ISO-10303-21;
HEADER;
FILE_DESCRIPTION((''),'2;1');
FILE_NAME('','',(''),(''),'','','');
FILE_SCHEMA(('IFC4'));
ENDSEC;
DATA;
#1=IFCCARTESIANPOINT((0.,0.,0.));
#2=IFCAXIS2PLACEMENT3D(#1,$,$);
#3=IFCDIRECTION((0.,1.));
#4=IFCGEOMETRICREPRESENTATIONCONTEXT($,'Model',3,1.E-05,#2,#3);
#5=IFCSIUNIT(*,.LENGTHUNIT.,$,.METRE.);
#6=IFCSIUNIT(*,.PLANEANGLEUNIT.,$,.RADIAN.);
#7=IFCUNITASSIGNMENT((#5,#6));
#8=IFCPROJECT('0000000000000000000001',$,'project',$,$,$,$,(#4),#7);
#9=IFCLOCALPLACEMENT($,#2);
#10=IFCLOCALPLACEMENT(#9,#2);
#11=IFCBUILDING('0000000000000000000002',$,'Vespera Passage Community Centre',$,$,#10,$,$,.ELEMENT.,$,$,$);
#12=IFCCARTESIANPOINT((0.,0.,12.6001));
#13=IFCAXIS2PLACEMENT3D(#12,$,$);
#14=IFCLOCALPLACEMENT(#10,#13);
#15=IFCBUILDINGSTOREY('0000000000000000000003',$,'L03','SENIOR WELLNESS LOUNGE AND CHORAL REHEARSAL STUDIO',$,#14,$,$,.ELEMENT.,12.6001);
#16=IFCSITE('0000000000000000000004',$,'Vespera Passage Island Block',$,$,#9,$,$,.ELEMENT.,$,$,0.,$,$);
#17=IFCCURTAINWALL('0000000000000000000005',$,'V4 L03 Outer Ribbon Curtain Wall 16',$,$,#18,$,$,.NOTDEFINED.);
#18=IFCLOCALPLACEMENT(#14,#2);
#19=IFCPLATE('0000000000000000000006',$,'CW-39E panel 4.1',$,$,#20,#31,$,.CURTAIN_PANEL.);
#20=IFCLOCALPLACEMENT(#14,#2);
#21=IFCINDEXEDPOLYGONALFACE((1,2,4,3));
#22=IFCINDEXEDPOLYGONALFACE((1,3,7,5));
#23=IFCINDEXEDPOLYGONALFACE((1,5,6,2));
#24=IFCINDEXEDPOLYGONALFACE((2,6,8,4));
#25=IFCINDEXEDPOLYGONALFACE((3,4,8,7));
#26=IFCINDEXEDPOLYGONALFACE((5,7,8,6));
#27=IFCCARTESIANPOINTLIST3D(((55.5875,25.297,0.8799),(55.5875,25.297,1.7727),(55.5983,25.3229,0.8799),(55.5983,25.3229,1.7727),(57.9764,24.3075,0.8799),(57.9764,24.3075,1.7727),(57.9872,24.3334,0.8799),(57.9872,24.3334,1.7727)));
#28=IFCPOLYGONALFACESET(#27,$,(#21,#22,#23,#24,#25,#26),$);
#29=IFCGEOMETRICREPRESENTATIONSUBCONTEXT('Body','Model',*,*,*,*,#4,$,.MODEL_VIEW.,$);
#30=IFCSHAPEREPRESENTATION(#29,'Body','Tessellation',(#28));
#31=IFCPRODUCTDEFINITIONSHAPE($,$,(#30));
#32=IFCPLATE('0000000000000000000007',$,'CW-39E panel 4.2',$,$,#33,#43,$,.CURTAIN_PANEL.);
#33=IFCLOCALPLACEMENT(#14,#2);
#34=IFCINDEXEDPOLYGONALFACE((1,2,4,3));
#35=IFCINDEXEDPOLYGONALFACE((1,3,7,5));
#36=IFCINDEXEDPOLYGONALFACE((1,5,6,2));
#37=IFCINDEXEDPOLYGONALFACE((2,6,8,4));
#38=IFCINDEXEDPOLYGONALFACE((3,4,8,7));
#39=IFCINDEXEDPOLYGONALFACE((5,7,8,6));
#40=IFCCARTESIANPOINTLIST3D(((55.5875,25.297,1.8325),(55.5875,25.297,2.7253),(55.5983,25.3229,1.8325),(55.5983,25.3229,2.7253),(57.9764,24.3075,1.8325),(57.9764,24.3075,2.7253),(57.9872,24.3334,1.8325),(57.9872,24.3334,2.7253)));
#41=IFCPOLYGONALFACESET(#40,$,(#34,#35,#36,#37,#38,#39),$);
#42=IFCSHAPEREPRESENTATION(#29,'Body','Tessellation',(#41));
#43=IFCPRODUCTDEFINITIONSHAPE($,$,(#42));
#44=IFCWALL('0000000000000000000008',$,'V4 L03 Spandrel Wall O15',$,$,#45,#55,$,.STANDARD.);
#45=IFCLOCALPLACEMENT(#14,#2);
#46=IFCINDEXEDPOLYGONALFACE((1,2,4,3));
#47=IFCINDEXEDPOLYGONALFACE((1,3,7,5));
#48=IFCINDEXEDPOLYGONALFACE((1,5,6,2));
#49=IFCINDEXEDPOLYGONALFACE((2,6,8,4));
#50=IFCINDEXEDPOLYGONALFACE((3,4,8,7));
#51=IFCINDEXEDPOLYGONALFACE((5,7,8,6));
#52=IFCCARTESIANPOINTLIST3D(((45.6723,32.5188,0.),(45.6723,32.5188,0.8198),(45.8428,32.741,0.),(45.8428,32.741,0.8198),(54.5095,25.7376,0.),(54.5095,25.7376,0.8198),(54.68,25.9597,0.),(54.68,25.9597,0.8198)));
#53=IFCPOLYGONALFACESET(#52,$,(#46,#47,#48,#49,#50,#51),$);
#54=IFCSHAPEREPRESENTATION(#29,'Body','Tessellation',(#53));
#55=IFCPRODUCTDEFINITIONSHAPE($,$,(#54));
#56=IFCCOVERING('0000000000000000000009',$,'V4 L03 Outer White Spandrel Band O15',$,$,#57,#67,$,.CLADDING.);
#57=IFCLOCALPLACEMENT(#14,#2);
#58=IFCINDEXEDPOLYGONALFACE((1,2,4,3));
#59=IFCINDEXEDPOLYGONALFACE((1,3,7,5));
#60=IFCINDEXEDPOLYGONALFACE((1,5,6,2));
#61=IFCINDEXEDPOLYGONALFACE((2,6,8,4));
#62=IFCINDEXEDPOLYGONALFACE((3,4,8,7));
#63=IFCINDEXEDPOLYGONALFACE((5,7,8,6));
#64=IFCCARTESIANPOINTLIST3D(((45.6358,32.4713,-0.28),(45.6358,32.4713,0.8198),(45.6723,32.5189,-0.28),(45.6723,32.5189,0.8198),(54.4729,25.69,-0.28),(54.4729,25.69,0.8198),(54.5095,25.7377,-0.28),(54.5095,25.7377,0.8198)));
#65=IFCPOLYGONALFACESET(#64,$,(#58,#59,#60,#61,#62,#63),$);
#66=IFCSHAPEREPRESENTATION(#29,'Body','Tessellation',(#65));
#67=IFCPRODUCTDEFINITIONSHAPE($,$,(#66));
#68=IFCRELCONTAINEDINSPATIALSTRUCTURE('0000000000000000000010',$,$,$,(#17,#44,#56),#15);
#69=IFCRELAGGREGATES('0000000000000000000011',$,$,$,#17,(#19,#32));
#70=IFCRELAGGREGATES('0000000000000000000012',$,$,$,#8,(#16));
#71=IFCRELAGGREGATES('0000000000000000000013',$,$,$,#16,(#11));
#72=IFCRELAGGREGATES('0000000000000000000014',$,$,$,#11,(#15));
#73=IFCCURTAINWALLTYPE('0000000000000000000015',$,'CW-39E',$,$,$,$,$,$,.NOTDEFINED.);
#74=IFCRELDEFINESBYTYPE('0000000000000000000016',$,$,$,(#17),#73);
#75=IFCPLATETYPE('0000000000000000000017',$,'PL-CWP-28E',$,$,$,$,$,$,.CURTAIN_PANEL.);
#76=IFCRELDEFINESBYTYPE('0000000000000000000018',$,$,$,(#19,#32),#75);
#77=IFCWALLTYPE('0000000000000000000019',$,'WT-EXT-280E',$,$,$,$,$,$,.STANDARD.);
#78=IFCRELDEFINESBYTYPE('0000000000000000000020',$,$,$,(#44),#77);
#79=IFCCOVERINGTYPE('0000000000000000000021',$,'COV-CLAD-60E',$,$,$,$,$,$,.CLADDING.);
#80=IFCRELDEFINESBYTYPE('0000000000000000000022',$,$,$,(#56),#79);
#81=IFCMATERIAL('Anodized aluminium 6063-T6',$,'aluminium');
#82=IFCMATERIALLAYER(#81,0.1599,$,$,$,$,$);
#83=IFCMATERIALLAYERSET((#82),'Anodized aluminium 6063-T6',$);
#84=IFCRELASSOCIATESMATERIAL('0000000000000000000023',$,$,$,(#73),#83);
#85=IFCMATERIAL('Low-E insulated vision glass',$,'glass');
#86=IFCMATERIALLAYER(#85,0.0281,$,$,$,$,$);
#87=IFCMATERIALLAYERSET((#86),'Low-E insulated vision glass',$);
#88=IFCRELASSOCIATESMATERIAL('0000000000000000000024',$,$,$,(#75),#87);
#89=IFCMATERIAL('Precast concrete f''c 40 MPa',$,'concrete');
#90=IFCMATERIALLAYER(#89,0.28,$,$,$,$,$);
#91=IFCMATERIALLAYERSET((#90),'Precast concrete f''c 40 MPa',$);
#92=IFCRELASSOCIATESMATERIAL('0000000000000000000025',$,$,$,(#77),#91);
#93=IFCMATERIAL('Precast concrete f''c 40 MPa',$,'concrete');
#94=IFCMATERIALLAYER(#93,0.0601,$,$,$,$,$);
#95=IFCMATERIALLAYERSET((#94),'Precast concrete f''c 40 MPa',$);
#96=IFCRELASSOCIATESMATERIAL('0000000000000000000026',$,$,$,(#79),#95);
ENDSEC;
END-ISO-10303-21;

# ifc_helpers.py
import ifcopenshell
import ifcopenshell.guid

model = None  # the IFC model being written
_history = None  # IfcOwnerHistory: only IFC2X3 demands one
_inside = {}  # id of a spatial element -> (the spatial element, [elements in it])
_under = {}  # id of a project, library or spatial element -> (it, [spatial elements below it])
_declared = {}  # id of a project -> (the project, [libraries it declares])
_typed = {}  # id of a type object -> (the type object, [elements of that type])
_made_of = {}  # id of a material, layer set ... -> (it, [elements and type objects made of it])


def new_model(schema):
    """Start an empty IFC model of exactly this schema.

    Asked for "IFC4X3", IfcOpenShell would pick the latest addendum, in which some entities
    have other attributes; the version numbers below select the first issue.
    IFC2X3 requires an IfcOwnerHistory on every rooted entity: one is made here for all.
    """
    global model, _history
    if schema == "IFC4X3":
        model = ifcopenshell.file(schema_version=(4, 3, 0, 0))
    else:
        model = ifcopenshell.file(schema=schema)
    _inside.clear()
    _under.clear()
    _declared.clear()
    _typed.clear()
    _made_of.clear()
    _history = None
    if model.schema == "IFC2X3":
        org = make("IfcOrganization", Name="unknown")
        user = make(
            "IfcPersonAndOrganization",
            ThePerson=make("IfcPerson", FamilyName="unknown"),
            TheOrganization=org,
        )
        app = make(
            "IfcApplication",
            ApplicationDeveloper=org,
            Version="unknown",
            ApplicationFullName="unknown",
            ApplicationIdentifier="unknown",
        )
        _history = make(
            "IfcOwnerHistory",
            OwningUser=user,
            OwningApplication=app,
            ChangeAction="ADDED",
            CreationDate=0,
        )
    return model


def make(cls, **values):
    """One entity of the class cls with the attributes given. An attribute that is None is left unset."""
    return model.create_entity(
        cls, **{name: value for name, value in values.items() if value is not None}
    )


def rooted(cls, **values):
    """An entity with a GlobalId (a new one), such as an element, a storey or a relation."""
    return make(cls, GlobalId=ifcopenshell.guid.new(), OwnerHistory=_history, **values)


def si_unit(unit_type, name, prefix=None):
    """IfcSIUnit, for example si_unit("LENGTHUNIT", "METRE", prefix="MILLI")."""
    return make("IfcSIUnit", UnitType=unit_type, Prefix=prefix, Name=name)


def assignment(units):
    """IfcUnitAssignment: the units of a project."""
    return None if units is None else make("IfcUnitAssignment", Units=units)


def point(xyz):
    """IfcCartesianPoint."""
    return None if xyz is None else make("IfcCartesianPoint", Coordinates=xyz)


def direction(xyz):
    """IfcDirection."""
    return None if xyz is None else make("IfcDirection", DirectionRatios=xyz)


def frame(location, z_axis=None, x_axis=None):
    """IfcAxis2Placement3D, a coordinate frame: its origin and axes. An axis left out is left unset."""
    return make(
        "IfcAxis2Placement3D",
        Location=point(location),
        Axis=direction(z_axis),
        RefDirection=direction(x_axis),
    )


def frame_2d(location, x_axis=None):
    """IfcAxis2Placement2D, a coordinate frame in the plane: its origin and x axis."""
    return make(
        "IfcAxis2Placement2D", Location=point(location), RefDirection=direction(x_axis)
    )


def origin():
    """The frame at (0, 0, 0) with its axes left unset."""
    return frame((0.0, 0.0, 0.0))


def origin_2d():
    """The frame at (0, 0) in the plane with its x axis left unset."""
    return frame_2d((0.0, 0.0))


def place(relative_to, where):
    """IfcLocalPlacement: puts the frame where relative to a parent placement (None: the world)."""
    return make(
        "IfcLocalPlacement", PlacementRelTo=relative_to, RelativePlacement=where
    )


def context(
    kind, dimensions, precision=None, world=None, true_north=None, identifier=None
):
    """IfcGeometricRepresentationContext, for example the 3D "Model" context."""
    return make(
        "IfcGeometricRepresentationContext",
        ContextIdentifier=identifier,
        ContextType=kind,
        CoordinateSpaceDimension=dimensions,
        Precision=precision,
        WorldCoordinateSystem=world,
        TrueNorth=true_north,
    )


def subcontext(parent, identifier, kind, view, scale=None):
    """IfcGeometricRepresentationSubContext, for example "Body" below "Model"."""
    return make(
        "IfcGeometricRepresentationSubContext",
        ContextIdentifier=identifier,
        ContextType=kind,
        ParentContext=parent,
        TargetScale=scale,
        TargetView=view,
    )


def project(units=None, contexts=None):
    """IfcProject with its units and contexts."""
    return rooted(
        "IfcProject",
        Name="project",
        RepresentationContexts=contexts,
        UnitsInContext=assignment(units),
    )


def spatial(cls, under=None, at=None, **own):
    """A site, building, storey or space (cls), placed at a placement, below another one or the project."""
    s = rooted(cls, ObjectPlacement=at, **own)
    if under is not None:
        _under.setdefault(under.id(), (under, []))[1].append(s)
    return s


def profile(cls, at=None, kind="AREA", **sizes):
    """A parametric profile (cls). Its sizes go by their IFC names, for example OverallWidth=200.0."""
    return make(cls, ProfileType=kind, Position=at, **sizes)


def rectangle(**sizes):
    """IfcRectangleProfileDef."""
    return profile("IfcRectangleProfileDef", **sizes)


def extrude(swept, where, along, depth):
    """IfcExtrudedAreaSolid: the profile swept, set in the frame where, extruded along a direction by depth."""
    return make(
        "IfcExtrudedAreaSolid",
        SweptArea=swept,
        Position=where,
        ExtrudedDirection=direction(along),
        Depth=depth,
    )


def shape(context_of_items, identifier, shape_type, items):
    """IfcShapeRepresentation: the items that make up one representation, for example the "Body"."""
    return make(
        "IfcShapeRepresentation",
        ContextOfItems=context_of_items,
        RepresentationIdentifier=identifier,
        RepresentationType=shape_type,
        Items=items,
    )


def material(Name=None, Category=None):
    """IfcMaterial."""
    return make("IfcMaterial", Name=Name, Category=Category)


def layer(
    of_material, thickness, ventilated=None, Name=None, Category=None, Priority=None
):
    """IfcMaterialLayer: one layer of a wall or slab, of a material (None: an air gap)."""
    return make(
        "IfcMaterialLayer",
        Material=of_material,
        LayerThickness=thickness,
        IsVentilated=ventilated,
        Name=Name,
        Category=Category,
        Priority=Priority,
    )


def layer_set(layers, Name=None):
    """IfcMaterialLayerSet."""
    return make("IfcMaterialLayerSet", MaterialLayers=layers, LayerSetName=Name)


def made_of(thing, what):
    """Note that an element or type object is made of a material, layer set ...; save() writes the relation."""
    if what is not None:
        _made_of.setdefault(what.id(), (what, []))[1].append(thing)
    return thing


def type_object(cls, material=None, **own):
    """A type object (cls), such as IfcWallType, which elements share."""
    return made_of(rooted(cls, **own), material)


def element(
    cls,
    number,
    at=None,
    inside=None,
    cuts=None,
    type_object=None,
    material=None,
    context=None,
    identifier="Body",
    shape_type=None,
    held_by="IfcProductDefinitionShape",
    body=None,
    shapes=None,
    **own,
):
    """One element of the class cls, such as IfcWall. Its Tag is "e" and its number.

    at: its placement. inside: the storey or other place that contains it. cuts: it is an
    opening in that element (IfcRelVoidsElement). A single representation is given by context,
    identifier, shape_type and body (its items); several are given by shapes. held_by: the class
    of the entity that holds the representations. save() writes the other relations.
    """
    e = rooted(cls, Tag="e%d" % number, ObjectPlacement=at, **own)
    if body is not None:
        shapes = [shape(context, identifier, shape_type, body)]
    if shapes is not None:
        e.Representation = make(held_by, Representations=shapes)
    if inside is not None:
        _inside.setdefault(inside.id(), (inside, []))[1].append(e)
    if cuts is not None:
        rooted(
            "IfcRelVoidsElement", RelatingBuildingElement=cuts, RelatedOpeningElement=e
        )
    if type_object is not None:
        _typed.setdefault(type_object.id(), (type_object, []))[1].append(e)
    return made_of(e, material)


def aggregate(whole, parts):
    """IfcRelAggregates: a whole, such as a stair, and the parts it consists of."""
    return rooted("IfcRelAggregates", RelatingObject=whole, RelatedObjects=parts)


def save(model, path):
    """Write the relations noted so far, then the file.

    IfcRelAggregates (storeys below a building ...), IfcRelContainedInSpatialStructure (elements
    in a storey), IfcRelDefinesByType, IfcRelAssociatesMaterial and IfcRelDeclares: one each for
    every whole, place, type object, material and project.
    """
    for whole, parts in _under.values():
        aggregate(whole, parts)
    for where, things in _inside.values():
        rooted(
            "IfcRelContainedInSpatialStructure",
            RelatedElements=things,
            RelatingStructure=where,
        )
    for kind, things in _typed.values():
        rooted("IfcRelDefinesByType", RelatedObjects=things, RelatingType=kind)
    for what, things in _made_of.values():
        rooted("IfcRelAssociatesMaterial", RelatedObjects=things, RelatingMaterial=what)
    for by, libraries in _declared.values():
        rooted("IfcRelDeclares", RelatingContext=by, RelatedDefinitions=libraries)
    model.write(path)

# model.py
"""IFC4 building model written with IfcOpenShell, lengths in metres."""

from ifc_helpers import new_model, si_unit, direction, frame, frame_2d, origin, origin_2d, place, context, subcontext, project, spatial, rectangle, extrude, material, layer, layer_set, type_object, element, aggregate, save


model = new_model("IFC4")

# Units and contexts
model_context = context("Model", 3, precision=1e-05, world=origin(), true_north=direction((0.0, 1.0)))
body_context = subcontext(model_context, "Body", "Model", "MODEL_VIEW")
ifc_project = project(units=[si_unit("LENGTHUNIT", "METRE"), si_unit("PLANEANGLEUNIT", "RADIAN")], contexts=[model_context])

# Site, building, storey
site_placement = place(None, origin())
site = spatial("IfcSite", under=ifc_project, at=site_placement, Name="Vespera Passage Island Block", CompositionType="ELEMENT", RefElevation=0.0)
building_placement = place(site_placement, origin())
building = spatial("IfcBuilding", under=site, at=building_placement, Name="Vespera Passage Community Centre", CompositionType="ELEMENT")
storey_placement = place(building_placement, frame((0.0, 0.0, 12.6001)))
storey = spatial("IfcBuildingStorey", under=building, at=storey_placement, Name="L03", Description="SENIOR WELLNESS LOUNGE AND CHORAL REHEARSAL STUDIO", CompositionType="ELEMENT", Elevation=12.6001)

# Curtain wall, plates
ifc_material_1 = material(Name="Anodized aluminium 6063-T6", Category="aluminium")
ifc_layer_1 = layer(ifc_material_1, 0.1599)
ifc_layer_set_1 = layer_set([ifc_layer_1], Name="Anodized aluminium 6063-T6")
curtain_wall_type = type_object("IfcCurtainWallType", Name="CW-39E", PredefinedType="NOTDEFINED", material=ifc_layer_set_1)
curtain_wall_placement = place(storey_placement, origin())
curtain_wall = element("IfcCurtainWall", 1, at=curtain_wall_placement, inside=storey, type_object=curtain_wall_type, Name="V4 L03 Outer Ribbon Curtain Wall 16", PredefinedType="NOTDEFINED")
ifc_material_2 = material(Name="Low-E insulated vision glass", Category="glass")
ifc_layer_2 = layer(ifc_material_2, 0.0281)
ifc_layer_set_2 = layer_set([ifc_layer_2], Name="Low-E insulated vision glass")
plate_type = type_object("IfcPlateType", Name="PL-CWP-28E", PredefinedType="CURTAIN_PANEL", material=ifc_layer_set_2)
plate_1_placement = place(storey_placement, frame((56.7874, 24.8152, 0.8799), z_axis=(0.0, 0.0, 1.0), x_axis=(-0.92388, 0.382683, 0.0)))
plate_1 = element("IfcPlate", 2, at=plate_1_placement, type_object=plate_type, Name="CW-39E panel 4.1", PredefinedType="CURTAIN_PANEL", context=body_context, shape_type="SweptSolid", body=[
    extrude(rectangle(XDim=2.5857, YDim=0.0281, at=origin_2d()), origin(), (0.0, 0.0, 1.0), 0.8928),
])
plate_2_placement = place(storey_placement, frame((56.7874, 24.8152, 1.8325), z_axis=(0.0, 0.0, 1.0), x_axis=(-0.92388, 0.382683, 0.0)))
plate_2 = element("IfcPlate", 3, at=plate_2_placement, type_object=plate_type, Name="CW-39E panel 4.2", PredefinedType="CURTAIN_PANEL", context=body_context, shape_type="SweptSolid", body=[
    extrude(rectangle(XDim=2.5857, YDim=0.0281, at=origin_2d()), origin(), (0.0, 0.0, 1.0), 0.8928),
])
aggregate(curtain_wall, [plate_1, plate_2])

# Wall
ifc_material_3 = material(Name="Precast concrete f'c 40 MPa", Category="concrete")
ifc_layer_3 = layer(ifc_material_3, 0.28)
ifc_layer_set_3 = layer_set([ifc_layer_3], Name="Precast concrete f'c 40 MPa")
wall_type = type_object("IfcWallType", Name="WT-EXT-280E", PredefinedType="STANDARD", material=ifc_layer_set_3)
wall_placement = place(storey_placement, frame((54.5947, 25.8486, 0.0), z_axis=(0.0, 0.0, 1.0), x_axis=(-0.793342, 0.608776, 0.0)))
element("IfcWall", 4, at=wall_placement, inside=storey, type_object=wall_type, Name="V4 L03 Spandrel Wall O15", PredefinedType="STANDARD", context=body_context, shape_type="SweptSolid", body=[
    extrude(rectangle(XDim=11.1392, YDim=0.28, at=frame_2d((5.5696, 0.0))), origin(), (0.0, 0.0, 1.0), 0.8198),
])

# Covering
ifc_material_4 = material(Name="Precast concrete f'c 40 MPa", Category="concrete")
ifc_layer_4 = layer(ifc_material_4, 0.0601)
ifc_layer_set_4 = layer_set([ifc_layer_4], Name="Precast concrete f'c 40 MPa")
covering_type = type_object("IfcCoveringType", Name="COV-CLAD-60E", PredefinedType="CLADDING", material=ifc_layer_set_4)
covering_placement = place(storey_placement, frame((54.4912, 25.7139, -0.28), z_axis=(0.0, 0.0, 1.0), x_axis=(-0.793342, 0.608776, 0.0)))
element("IfcCovering", 5, at=covering_placement, inside=storey, type_object=covering_type, Name="V4 L03 Outer White Spandrel Band O15", PredefinedType="CLADDING", context=body_context, shape_type="SweptSolid", body=[
    extrude(rectangle(XDim=11.1392, YDim=0.0601, at=frame_2d((5.5696, 0.0))), origin(), (0.0, 0.0, 1.0), 1.0999),
])

save(model, "model.ifc")
